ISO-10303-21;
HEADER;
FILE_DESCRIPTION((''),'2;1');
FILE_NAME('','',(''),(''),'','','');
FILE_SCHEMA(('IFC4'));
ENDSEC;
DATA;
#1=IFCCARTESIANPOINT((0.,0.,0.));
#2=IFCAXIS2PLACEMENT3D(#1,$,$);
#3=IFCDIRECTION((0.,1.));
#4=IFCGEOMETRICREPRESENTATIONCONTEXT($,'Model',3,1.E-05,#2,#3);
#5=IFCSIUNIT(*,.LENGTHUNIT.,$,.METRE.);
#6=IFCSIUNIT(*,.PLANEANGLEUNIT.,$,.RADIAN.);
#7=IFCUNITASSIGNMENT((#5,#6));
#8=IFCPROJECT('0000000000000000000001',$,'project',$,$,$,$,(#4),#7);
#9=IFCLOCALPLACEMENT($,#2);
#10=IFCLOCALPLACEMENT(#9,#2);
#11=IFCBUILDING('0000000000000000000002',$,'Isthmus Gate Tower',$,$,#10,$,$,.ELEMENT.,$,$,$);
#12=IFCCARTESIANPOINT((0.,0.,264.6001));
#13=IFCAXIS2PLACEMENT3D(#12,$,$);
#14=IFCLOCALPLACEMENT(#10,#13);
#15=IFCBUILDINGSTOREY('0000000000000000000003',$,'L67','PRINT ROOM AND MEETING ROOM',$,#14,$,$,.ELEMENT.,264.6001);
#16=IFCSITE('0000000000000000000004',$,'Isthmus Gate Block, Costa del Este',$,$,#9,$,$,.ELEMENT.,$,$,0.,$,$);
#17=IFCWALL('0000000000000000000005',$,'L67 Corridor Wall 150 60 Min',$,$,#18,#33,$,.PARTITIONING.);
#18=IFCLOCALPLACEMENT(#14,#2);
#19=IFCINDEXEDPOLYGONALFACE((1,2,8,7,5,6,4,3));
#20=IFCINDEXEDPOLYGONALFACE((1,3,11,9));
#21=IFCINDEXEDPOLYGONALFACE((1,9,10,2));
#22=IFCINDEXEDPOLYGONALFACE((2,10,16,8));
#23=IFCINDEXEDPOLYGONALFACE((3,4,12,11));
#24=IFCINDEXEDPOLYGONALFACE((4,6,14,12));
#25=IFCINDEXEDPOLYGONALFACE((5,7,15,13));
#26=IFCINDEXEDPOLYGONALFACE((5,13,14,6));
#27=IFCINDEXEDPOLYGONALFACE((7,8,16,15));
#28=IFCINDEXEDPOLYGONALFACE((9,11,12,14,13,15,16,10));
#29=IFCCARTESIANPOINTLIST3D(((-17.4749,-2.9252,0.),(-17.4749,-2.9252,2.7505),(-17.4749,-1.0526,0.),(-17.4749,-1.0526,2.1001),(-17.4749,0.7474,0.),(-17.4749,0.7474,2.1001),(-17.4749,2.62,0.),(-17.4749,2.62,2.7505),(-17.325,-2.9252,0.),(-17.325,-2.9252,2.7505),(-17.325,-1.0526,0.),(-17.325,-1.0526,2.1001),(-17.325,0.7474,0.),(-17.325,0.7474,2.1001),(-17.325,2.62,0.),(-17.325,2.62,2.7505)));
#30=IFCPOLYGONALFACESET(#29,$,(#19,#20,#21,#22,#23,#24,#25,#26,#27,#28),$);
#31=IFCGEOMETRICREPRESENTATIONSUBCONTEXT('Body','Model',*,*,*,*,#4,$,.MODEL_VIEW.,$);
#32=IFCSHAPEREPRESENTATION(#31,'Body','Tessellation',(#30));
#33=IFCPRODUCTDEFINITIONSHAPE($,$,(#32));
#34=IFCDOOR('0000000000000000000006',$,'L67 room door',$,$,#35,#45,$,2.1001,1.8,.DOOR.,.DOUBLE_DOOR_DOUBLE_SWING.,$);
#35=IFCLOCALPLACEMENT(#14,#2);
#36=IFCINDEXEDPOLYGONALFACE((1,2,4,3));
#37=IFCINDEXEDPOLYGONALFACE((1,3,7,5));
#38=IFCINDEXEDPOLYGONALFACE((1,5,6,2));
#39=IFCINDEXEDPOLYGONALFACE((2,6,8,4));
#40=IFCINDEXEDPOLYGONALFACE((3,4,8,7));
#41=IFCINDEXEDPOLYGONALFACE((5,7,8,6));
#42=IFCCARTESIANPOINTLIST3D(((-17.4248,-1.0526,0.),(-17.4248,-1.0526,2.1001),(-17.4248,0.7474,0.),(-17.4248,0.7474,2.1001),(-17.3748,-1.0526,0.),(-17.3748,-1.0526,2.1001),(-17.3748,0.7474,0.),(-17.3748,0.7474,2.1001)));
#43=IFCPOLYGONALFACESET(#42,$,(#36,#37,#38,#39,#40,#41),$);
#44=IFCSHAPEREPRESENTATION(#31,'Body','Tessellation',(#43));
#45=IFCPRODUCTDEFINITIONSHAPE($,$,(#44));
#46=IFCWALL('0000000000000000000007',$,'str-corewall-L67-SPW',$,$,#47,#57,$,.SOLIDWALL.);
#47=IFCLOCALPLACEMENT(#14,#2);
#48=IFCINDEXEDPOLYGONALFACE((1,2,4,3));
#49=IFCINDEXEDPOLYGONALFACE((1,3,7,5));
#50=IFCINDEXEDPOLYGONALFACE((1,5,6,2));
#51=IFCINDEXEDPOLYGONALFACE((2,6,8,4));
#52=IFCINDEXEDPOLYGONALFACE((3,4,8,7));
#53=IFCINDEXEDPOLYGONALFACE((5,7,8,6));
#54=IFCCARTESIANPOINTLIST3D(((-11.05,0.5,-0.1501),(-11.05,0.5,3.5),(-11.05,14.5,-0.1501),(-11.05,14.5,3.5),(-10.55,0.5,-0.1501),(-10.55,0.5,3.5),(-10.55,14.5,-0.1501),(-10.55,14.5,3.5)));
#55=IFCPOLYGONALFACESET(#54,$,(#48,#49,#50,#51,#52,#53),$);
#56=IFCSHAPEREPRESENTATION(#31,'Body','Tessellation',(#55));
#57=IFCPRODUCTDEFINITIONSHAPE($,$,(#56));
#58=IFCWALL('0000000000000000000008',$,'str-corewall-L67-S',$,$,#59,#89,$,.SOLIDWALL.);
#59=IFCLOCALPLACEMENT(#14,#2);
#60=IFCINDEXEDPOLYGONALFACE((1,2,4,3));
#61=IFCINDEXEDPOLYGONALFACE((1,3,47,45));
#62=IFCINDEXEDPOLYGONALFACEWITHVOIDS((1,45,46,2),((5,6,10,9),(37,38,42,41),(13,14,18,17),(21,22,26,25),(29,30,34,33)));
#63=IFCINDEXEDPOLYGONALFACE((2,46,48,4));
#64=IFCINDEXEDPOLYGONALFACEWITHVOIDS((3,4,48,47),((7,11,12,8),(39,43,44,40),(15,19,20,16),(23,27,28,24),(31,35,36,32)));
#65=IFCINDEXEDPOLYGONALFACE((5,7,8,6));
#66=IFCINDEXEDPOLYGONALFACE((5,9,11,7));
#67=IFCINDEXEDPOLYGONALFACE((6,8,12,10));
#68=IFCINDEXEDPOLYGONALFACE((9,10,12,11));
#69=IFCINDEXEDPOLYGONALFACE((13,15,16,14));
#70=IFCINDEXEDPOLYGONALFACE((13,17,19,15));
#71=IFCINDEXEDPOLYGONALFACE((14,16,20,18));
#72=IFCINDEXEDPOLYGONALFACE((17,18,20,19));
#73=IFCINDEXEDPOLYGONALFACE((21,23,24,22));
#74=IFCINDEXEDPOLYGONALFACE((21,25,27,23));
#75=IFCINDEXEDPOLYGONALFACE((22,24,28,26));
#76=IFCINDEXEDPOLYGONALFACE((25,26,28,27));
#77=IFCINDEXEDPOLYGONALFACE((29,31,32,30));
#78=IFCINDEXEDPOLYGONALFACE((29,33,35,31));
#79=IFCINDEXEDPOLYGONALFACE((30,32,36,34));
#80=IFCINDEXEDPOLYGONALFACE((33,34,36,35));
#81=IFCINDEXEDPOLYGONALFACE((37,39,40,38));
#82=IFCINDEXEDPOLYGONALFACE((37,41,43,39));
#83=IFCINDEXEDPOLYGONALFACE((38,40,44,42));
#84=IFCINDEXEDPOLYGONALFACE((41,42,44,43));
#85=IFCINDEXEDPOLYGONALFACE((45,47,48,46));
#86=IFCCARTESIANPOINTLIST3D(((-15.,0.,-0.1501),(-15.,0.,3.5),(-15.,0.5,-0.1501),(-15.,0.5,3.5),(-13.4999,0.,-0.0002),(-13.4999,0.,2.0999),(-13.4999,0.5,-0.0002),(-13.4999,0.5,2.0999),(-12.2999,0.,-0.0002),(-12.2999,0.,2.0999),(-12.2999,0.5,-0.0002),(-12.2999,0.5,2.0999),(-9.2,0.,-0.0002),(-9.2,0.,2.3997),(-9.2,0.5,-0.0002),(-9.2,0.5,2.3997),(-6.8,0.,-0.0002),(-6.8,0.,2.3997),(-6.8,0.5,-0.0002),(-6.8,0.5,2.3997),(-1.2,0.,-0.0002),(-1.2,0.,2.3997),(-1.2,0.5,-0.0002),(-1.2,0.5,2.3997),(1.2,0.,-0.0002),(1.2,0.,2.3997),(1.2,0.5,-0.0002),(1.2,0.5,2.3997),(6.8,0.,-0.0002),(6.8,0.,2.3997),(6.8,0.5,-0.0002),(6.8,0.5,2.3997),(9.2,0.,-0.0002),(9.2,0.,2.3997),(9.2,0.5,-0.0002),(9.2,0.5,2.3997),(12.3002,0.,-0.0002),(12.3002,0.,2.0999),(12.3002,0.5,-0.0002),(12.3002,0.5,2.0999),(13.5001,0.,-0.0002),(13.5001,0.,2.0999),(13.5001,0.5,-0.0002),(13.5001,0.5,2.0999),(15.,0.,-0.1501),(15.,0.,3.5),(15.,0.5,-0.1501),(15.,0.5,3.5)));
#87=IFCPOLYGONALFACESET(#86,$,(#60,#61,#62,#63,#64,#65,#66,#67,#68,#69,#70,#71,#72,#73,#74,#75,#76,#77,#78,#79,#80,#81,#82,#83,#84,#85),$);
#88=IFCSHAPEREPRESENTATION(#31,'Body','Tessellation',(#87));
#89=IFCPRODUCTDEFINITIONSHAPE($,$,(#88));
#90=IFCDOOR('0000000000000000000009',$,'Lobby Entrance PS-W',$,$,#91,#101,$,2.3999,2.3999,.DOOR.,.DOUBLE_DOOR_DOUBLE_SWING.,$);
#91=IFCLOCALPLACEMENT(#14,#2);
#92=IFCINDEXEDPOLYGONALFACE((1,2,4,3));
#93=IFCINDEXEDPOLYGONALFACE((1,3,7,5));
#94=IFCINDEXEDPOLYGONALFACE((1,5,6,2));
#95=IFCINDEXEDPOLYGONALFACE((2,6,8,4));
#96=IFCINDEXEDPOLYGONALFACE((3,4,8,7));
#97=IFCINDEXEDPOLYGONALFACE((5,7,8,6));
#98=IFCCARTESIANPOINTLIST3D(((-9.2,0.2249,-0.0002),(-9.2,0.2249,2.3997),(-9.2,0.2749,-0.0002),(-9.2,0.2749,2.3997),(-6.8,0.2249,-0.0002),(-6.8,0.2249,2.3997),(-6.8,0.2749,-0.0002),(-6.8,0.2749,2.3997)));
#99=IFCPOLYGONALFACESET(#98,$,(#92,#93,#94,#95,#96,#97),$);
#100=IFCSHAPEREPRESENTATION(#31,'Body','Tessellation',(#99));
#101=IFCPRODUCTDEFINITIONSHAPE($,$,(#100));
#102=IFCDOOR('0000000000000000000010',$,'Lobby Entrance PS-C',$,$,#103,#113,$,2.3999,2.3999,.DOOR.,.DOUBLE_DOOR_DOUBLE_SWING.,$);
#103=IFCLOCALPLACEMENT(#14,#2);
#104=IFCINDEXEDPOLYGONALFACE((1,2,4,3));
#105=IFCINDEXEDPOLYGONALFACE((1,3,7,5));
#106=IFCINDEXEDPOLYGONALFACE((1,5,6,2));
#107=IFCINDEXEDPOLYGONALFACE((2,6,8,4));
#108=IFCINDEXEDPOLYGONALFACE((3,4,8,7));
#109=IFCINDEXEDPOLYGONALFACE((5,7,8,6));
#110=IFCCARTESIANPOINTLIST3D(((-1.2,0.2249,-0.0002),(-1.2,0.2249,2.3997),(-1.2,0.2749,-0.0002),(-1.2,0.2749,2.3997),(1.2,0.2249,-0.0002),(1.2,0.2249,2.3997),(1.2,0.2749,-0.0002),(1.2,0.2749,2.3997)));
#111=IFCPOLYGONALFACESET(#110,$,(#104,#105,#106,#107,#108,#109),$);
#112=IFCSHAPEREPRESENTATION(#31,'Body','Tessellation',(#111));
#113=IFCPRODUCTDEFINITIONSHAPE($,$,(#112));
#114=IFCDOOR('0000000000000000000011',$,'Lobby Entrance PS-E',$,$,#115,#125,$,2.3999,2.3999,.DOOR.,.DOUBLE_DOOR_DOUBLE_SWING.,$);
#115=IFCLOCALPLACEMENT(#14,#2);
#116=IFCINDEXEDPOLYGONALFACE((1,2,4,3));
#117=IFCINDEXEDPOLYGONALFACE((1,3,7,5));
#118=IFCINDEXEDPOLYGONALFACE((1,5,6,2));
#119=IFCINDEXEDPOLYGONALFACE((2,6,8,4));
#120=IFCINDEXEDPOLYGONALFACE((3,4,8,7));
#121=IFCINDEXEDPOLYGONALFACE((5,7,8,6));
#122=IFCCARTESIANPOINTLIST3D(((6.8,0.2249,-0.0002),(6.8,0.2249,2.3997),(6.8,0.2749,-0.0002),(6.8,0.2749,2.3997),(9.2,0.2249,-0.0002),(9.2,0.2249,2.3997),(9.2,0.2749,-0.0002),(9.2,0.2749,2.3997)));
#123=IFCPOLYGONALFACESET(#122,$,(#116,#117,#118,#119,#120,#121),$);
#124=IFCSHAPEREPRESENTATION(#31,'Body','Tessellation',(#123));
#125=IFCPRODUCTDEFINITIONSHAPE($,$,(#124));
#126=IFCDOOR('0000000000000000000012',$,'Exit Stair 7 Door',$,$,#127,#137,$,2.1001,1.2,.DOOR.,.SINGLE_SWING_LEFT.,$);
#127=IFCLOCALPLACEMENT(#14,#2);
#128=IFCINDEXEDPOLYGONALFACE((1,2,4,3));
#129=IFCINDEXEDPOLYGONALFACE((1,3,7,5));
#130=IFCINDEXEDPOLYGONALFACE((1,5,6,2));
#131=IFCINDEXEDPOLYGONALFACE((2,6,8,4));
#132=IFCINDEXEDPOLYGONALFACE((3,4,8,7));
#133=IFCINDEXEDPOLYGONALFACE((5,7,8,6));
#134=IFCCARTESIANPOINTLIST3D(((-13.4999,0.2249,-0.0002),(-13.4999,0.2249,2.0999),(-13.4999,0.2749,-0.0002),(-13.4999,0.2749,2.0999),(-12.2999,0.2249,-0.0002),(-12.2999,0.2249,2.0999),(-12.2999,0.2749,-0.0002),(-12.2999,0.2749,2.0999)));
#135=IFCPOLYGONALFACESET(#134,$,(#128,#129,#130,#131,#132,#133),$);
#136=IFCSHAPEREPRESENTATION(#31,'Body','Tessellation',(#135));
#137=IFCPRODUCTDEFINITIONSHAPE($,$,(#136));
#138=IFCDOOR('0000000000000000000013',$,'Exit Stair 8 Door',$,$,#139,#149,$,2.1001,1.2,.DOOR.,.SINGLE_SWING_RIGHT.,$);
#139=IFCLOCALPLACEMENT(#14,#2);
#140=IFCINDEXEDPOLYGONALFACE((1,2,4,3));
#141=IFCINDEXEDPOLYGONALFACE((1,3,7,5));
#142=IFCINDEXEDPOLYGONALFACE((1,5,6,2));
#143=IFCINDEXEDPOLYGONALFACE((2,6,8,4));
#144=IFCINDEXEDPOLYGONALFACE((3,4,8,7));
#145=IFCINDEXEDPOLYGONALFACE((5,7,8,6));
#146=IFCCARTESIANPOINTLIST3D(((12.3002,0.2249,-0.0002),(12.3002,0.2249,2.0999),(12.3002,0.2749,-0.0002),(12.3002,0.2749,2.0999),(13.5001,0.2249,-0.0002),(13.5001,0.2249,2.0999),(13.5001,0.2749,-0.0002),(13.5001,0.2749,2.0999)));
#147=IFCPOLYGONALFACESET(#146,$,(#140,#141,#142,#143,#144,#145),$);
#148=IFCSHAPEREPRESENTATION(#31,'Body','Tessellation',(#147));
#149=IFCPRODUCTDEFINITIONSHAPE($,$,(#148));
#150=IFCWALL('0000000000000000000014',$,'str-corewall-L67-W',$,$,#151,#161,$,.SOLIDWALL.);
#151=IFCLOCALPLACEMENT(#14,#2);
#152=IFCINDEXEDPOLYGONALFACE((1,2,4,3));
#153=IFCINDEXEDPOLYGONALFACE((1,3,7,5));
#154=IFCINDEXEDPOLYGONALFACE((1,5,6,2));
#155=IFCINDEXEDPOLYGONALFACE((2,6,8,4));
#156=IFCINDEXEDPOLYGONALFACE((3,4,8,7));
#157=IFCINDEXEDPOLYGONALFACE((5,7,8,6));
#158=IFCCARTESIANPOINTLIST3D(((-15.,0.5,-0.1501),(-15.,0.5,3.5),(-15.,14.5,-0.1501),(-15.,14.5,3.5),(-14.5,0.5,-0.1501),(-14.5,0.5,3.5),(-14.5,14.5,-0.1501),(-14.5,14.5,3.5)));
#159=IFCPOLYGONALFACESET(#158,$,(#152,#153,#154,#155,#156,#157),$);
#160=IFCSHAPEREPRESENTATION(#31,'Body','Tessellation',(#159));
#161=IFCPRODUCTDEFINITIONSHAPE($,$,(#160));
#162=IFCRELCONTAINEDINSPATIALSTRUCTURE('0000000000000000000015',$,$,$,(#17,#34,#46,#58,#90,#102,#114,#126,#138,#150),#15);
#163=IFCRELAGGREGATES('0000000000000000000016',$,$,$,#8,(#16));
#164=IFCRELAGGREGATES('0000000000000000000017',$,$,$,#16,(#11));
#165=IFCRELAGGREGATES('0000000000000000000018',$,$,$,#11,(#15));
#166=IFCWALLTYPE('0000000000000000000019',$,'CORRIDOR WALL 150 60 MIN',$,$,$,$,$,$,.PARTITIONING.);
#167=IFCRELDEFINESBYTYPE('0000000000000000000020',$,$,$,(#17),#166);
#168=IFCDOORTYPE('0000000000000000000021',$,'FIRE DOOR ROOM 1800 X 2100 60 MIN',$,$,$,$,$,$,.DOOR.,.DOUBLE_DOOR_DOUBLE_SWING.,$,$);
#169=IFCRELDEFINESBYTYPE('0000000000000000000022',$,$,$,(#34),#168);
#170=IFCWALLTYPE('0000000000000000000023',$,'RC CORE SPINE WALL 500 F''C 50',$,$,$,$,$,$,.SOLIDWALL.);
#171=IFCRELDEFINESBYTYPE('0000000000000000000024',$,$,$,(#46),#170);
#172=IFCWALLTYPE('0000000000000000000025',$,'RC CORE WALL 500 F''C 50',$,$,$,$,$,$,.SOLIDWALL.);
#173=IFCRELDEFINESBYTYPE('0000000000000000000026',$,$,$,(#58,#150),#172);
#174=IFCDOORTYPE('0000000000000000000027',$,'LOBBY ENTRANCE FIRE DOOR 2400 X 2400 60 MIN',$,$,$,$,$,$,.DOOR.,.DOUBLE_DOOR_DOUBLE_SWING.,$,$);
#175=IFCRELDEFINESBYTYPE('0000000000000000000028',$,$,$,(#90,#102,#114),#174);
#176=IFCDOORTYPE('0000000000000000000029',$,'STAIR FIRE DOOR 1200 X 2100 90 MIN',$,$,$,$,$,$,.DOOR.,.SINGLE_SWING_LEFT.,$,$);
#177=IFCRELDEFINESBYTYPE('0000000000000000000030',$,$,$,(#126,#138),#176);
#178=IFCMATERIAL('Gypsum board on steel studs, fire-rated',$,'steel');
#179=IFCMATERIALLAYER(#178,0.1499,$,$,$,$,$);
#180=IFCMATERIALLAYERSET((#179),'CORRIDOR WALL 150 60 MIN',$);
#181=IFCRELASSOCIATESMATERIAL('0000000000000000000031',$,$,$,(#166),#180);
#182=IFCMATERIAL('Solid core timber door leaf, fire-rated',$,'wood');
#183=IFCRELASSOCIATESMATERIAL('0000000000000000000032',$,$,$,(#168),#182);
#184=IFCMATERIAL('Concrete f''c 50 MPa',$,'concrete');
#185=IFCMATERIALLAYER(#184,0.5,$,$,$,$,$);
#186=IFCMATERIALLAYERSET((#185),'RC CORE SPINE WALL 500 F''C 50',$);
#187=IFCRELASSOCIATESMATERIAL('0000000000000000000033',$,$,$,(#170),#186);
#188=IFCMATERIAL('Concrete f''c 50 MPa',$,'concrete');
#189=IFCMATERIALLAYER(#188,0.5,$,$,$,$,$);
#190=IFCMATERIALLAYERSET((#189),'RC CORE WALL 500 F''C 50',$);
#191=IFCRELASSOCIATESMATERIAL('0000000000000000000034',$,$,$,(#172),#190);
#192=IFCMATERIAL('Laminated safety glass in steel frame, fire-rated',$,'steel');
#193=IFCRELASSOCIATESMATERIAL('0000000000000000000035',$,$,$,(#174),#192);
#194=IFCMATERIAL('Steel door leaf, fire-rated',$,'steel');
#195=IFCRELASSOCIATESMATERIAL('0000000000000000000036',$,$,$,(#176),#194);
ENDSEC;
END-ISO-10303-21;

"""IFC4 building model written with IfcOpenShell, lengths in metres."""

from ifc_helpers import new_model, si_unit, direction, frame, frame_2d, origin, place, context, subcontext, project, spatial, rectangle, extrude, material, layer, layer_set, type_object, element, fill, save


model = new_model("IFC4")

# Units and contexts
model_context = context("Model", 3, precision=1e-05, world=origin(), true_north=direction((0.0, 1.0)))
body_context = subcontext(model_context, "Body", "Model", "MODEL_VIEW")
ifc_project = project(units=[si_unit("LENGTHUNIT", "METRE"), si_unit("PLANEANGLEUNIT", "RADIAN")], contexts=[model_context])

# Site, building, storey
site_placement = place(None, origin())
site = spatial("IfcSite", under=ifc_project, at=site_placement, Name="Isthmus Gate Block, Costa del Este", CompositionType="ELEMENT", RefElevation=0.0)
building_placement = place(site_placement, origin())
building = spatial("IfcBuilding", under=site, at=building_placement, Name="Isthmus Gate Tower", CompositionType="ELEMENT")
storey_placement = place(building_placement, frame((0.0, 0.0, 264.6001)))
storey = spatial("IfcBuildingStorey", under=building, at=storey_placement, Name="L67", Description="PRINT ROOM AND MEETING ROOM", CompositionType="ELEMENT", Elevation=264.6001)

# Shared definitions
ifc_material_1 = material(Name="Gypsum board on steel studs, fire-rated", Category="steel")
ifc_layer_1 = layer(ifc_material_1, 0.1499)
ifc_layer_set_1 = layer_set([ifc_layer_1], Name="CORRIDOR WALL 150 60 MIN")
wall_type_1 = type_object("IfcWallType", Name="CORRIDOR WALL 150 60 MIN", PredefinedType="PARTITIONING", material=ifc_layer_set_1)

# Wall, opening, door
wall_1_placement = place(storey_placement, frame((-17.3999, -2.925, 0.0), z_axis=(0.0, 0.0, 1.0), x_axis=(0.0, 1.0, 0.0)))
wall_1 = element("IfcWall", 1, at=wall_1_placement, inside=storey, type_object=wall_type_1, Name="L67 Corridor Wall 150 60 Min", PredefinedType="PARTITIONING", context=body_context, shape_type="SweptSolid", body=[
    extrude(rectangle(XDim=5.5452, YDim=0.1499, at=frame_2d((2.7725, 0.0))), origin(), (0.0, 0.0, 1.0), 2.7505),
])
opening_1_placement = place(wall_1_placement, frame((1.8726, 0.0, 0.0)))
opening_1 = element("IfcOpeningElement", 2, at=opening_1_placement, cuts=wall_1, PredefinedType="OPENING", context=body_context, shape_type="SweptSolid", body=[
    extrude(rectangle(XDim=1.8, YDim=2.1001, at=frame_2d((0.8999, 1.05))), frame((0.0, 0.085, 0.0), z_axis=(0.0, -1.0, 0.0), x_axis=(1.0, 0.0, 0.0)), (0.0, 0.0, 1.0), 0.1699),
])
ifc_material_2 = material(Name="Solid core timber door leaf, fire-rated", Category="wood")
door_type_1 = type_object("IfcDoorType", Name="FIRE DOOR ROOM 1800 X 2100 60 MIN", OperationType="DOUBLE_DOOR_DOUBLE_SWING", PredefinedType="DOOR", material=ifc_material_2)
door_1_placement = place(opening_1_placement, origin())
door_1 = element("IfcDoor", 3, at=door_1_placement, inside=storey, type_object=door_type_1, Name="L67 room door", OperationType="DOUBLE_DOOR_DOUBLE_SWING", OverallHeight=2.1001, OverallWidth=1.8, PredefinedType="DOOR", context=body_context, shape_type="SweptSolid", body=[
    extrude(rectangle(XDim=1.8, YDim=2.1001, at=frame_2d((0.8999, 1.05))), frame((0.0, 0.0249, 0.0), z_axis=(0.0, -1.0, 0.0), x_axis=(1.0, 0.0, 0.0)), (0.0, 0.0, 1.0), 0.05),
])
fill(opening_1, door_1)

# Wall
ifc_material_3 = material(Name="Concrete f'c 50 MPa", Category="concrete")
ifc_layer_2 = layer(ifc_material_3, 0.5)
ifc_layer_set_2 = layer_set([ifc_layer_2], Name="RC CORE SPINE WALL 500 F'C 50")
wall_type_2 = type_object("IfcWallType", Name="RC CORE SPINE WALL 500 F'C 50", PredefinedType="SOLIDWALL", material=ifc_layer_set_2)
wall_2_placement = place(storey_placement, frame((-10.8, 0.5, -0.1501), z_axis=(0.0, 0.0, 1.0), x_axis=(0.0, 1.0, 0.0)))
element("IfcWall", 4, at=wall_2_placement, inside=storey, type_object=wall_type_2, Name="str-corewall-L67-SPW", PredefinedType="SOLIDWALL", context=body_context, shape_type="SweptSolid", body=[
    extrude(rectangle(XDim=14.0, YDim=0.5, at=frame_2d((7.0, 0.0))), origin(), (0.0, 0.0, 1.0), 3.6501),
])

# Wall, openings, doors
ifc_material_4 = material(Name="Concrete f'c 50 MPa", Category="concrete")
ifc_layer_3 = layer(ifc_material_4, 0.5)
ifc_layer_set_3 = layer_set([ifc_layer_3], Name="RC CORE WALL 500 F'C 50")
wall_type_3 = type_object("IfcWallType", Name="RC CORE WALL 500 F'C 50", PredefinedType="SOLIDWALL", material=ifc_layer_set_3)
wall_3_placement = place(storey_placement, frame((-15.0, 0.25, -0.1501), z_axis=(0.0, 0.0, 1.0), x_axis=(1.0, 0.0, 0.0)))
wall_3 = element("IfcWall", 5, at=wall_3_placement, inside=storey, type_object=wall_type_3, Name="str-corewall-L67-S", PredefinedType="SOLIDWALL", context=body_context, shape_type="SweptSolid", body=[
    extrude(rectangle(XDim=30.0, YDim=0.5, at=frame_2d((15.0, 0.0))), origin(), (0.0, 0.0, 1.0), 3.6501),
])
opening_2_placement = place(wall_3_placement, frame((5.8, 0.0, 0.1499)))
opening_2 = element("IfcOpeningElement", 6, at=opening_2_placement, cuts=wall_3, PredefinedType="OPENING", context=body_context, shape_type="SweptSolid", body=[
    extrude(rectangle(XDim=2.3999, YDim=2.3999, at=frame_2d((1.2, 1.2))), frame((0.0, 0.26, 0.0), z_axis=(0.0, -1.0, 0.0), x_axis=(1.0, 0.0, 0.0)), (0.0, 0.0, 1.0), 0.52),
])
opening_3_placement = place(wall_3_placement, frame((13.8, 0.0, 0.1499)))
opening_3 = element("IfcOpeningElement", 7, at=opening_3_placement, cuts=wall_3, PredefinedType="OPENING", context=body_context, shape_type="SweptSolid", body=[
    extrude(rectangle(XDim=2.3999, YDim=2.3999, at=frame_2d((1.2, 1.2))), frame((0.0, 0.26, 0.0), z_axis=(0.0, -1.0, 0.0), x_axis=(1.0, 0.0, 0.0)), (0.0, 0.0, 1.0), 0.52),
])
opening_4_placement = place(wall_3_placement, frame((21.8, 0.0, 0.1499)))
opening_4 = element("IfcOpeningElement", 8, at=opening_4_placement, cuts=wall_3, PredefinedType="OPENING", context=body_context, shape_type="SweptSolid", body=[
    extrude(rectangle(XDim=2.3999, YDim=2.3999, at=frame_2d((1.2, 1.2))), frame((0.0, 0.26, 0.0), z_axis=(0.0, -1.0, 0.0), x_axis=(1.0, 0.0, 0.0)), (0.0, 0.0, 1.0), 0.52),
])
opening_5_placement = place(wall_3_placement, frame((1.5, 0.0, 0.1499)))
opening_5 = element("IfcOpeningElement", 9, at=opening_5_placement, cuts=wall_3, PredefinedType="OPENING", context=body_context, shape_type="SweptSolid", body=[
    extrude(rectangle(XDim=1.2, YDim=2.1001, at=frame_2d((0.6001, 1.05))), frame((0.0, 0.26, 0.0), z_axis=(0.0, -1.0, 0.0), x_axis=(1.0, 0.0, 0.0)), (0.0, 0.0, 1.0), 0.52),
])
opening_6_placement = place(wall_3_placement, frame((27.3, 0.0, 0.1499)))
opening_6 = element("IfcOpeningElement", 10, at=opening_6_placement, cuts=wall_3, PredefinedType="OPENING", context=body_context, shape_type="SweptSolid", body=[
    extrude(rectangle(XDim=1.2, YDim=2.1001, at=frame_2d((0.6001, 1.05))), frame((0.0, 0.26, 0.0), z_axis=(0.0, -1.0, 0.0), x_axis=(1.0, 0.0, 0.0)), (0.0, 0.0, 1.0), 0.52),
])
ifc_material_5 = material(Name="Laminated safety glass in steel frame, fire-rated", Category="steel")
door_type_2 = type_object("IfcDoorType", Name="LOBBY ENTRANCE FIRE DOOR 2400 X 2400 60 MIN", OperationType="DOUBLE_DOOR_DOUBLE_SWING", PredefinedType="DOOR", material=ifc_material_5)
door_2_placement = place(opening_2_placement, origin())
door_2 = element("IfcDoor", 11, at=door_2_placement, inside=storey, type_object=door_type_2, Name="Lobby Entrance PS-W", OperationType="DOUBLE_DOOR_DOUBLE_SWING", OverallHeight=2.3999, OverallWidth=2.3999, PredefinedType="DOOR", context=body_context, shape_type="SweptSolid", body=[
    extrude(rectangle(XDim=2.3999, YDim=2.3999, at=frame_2d((1.2, 1.2))), frame((0.0, 0.0249, 0.0), z_axis=(0.0, -1.0, 0.0), x_axis=(1.0, 0.0, 0.0)), (0.0, 0.0, 1.0), 0.05),
])
fill(opening_2, door_2)
door_3_placement = place(opening_3_placement, origin())
door_3 = element("IfcDoor", 12, at=door_3_placement, inside=storey, type_object=door_type_2, Name="Lobby Entrance PS-C", OperationType="DOUBLE_DOOR_DOUBLE_SWING", OverallHeight=2.3999, OverallWidth=2.3999, PredefinedType="DOOR", context=body_context, shape_type="SweptSolid", body=[
    extrude(rectangle(XDim=2.3999, YDim=2.3999, at=frame_2d((1.2, 1.2))), frame((0.0, 0.0249, 0.0), z_axis=(0.0, -1.0, 0.0), x_axis=(1.0, 0.0, 0.0)), (0.0, 0.0, 1.0), 0.05),
])
fill(opening_3, door_3)
door_4_placement = place(opening_4_placement, origin())
door_4 = element("IfcDoor", 13, at=door_4_placement, inside=storey, type_object=door_type_2, Name="Lobby Entrance PS-E", OperationType="DOUBLE_DOOR_DOUBLE_SWING", OverallHeight=2.3999, OverallWidth=2.3999, PredefinedType="DOOR", context=body_context, shape_type="SweptSolid", body=[
    extrude(rectangle(XDim=2.3999, YDim=2.3999, at=frame_2d((1.2, 1.2))), frame((0.0, 0.0249, 0.0), z_axis=(0.0, -1.0, 0.0), x_axis=(1.0, 0.0, 0.0)), (0.0, 0.0, 1.0), 0.05),
])
fill(opening_4, door_4)
ifc_material_6 = material(Name="Steel door leaf, fire-rated", Category="steel")
door_type_3 = type_object("IfcDoorType", Name="STAIR FIRE DOOR 1200 X 2100 90 MIN", OperationType="SINGLE_SWING_LEFT", PredefinedType="DOOR", material=ifc_material_6)
door_5_placement = place(opening_5_placement, origin())
door_5 = element("IfcDoor", 14, at=door_5_placement, inside=storey, type_object=door_type_3, Name="Exit Stair 7 Door", OperationType="SINGLE_SWING_LEFT", OverallHeight=2.1001, OverallWidth=1.2, PredefinedType="DOOR", context=body_context, shape_type="SweptSolid", body=[
    extrude(rectangle(XDim=1.2, YDim=2.1001, at=frame_2d((0.6001, 1.05))), frame((0.0, 0.0249, 0.0), z_axis=(0.0, -1.0, 0.0), x_axis=(1.0, 0.0, 0.0)), (0.0, 0.0, 1.0), 0.05),
])
fill(opening_5, door_5)
door_6_placement = place(opening_6_placement, origin())
door_6 = element("IfcDoor", 15, at=door_6_placement, inside=storey, type_object=door_type_3, Name="Exit Stair 8 Door", OperationType="SINGLE_SWING_RIGHT", OverallHeight=2.1001, OverallWidth=1.2, PredefinedType="DOOR", context=body_context, shape_type="SweptSolid", body=[
    extrude(rectangle(XDim=1.2, YDim=2.1001, at=frame_2d((0.6001, 1.05))), frame((0.0, 0.0249, 0.0), z_axis=(0.0, -1.0, 0.0), x_axis=(1.0, 0.0, 0.0)), (0.0, 0.0, 1.0), 0.05),
])
fill(opening_6, door_6)

# Wall
wall_4_placement = place(storey_placement, frame((-14.75, 0.5, -0.1501), z_axis=(0.0, 0.0, 1.0), x_axis=(0.0, 1.0, 0.0)))
element("IfcWall", 16, at=wall_4_placement, inside=storey, type_object=wall_type_3, Name="str-corewall-L67-W", PredefinedType="SOLIDWALL", context=body_context, shape_type="SweptSolid", body=[
    extrude(rectangle(XDim=14.0, YDim=0.5, at=frame_2d((7.0, 0.0))), origin(), (0.0, 0.0, 1.0), 3.6501),
])

save(model, "model.ifc")
